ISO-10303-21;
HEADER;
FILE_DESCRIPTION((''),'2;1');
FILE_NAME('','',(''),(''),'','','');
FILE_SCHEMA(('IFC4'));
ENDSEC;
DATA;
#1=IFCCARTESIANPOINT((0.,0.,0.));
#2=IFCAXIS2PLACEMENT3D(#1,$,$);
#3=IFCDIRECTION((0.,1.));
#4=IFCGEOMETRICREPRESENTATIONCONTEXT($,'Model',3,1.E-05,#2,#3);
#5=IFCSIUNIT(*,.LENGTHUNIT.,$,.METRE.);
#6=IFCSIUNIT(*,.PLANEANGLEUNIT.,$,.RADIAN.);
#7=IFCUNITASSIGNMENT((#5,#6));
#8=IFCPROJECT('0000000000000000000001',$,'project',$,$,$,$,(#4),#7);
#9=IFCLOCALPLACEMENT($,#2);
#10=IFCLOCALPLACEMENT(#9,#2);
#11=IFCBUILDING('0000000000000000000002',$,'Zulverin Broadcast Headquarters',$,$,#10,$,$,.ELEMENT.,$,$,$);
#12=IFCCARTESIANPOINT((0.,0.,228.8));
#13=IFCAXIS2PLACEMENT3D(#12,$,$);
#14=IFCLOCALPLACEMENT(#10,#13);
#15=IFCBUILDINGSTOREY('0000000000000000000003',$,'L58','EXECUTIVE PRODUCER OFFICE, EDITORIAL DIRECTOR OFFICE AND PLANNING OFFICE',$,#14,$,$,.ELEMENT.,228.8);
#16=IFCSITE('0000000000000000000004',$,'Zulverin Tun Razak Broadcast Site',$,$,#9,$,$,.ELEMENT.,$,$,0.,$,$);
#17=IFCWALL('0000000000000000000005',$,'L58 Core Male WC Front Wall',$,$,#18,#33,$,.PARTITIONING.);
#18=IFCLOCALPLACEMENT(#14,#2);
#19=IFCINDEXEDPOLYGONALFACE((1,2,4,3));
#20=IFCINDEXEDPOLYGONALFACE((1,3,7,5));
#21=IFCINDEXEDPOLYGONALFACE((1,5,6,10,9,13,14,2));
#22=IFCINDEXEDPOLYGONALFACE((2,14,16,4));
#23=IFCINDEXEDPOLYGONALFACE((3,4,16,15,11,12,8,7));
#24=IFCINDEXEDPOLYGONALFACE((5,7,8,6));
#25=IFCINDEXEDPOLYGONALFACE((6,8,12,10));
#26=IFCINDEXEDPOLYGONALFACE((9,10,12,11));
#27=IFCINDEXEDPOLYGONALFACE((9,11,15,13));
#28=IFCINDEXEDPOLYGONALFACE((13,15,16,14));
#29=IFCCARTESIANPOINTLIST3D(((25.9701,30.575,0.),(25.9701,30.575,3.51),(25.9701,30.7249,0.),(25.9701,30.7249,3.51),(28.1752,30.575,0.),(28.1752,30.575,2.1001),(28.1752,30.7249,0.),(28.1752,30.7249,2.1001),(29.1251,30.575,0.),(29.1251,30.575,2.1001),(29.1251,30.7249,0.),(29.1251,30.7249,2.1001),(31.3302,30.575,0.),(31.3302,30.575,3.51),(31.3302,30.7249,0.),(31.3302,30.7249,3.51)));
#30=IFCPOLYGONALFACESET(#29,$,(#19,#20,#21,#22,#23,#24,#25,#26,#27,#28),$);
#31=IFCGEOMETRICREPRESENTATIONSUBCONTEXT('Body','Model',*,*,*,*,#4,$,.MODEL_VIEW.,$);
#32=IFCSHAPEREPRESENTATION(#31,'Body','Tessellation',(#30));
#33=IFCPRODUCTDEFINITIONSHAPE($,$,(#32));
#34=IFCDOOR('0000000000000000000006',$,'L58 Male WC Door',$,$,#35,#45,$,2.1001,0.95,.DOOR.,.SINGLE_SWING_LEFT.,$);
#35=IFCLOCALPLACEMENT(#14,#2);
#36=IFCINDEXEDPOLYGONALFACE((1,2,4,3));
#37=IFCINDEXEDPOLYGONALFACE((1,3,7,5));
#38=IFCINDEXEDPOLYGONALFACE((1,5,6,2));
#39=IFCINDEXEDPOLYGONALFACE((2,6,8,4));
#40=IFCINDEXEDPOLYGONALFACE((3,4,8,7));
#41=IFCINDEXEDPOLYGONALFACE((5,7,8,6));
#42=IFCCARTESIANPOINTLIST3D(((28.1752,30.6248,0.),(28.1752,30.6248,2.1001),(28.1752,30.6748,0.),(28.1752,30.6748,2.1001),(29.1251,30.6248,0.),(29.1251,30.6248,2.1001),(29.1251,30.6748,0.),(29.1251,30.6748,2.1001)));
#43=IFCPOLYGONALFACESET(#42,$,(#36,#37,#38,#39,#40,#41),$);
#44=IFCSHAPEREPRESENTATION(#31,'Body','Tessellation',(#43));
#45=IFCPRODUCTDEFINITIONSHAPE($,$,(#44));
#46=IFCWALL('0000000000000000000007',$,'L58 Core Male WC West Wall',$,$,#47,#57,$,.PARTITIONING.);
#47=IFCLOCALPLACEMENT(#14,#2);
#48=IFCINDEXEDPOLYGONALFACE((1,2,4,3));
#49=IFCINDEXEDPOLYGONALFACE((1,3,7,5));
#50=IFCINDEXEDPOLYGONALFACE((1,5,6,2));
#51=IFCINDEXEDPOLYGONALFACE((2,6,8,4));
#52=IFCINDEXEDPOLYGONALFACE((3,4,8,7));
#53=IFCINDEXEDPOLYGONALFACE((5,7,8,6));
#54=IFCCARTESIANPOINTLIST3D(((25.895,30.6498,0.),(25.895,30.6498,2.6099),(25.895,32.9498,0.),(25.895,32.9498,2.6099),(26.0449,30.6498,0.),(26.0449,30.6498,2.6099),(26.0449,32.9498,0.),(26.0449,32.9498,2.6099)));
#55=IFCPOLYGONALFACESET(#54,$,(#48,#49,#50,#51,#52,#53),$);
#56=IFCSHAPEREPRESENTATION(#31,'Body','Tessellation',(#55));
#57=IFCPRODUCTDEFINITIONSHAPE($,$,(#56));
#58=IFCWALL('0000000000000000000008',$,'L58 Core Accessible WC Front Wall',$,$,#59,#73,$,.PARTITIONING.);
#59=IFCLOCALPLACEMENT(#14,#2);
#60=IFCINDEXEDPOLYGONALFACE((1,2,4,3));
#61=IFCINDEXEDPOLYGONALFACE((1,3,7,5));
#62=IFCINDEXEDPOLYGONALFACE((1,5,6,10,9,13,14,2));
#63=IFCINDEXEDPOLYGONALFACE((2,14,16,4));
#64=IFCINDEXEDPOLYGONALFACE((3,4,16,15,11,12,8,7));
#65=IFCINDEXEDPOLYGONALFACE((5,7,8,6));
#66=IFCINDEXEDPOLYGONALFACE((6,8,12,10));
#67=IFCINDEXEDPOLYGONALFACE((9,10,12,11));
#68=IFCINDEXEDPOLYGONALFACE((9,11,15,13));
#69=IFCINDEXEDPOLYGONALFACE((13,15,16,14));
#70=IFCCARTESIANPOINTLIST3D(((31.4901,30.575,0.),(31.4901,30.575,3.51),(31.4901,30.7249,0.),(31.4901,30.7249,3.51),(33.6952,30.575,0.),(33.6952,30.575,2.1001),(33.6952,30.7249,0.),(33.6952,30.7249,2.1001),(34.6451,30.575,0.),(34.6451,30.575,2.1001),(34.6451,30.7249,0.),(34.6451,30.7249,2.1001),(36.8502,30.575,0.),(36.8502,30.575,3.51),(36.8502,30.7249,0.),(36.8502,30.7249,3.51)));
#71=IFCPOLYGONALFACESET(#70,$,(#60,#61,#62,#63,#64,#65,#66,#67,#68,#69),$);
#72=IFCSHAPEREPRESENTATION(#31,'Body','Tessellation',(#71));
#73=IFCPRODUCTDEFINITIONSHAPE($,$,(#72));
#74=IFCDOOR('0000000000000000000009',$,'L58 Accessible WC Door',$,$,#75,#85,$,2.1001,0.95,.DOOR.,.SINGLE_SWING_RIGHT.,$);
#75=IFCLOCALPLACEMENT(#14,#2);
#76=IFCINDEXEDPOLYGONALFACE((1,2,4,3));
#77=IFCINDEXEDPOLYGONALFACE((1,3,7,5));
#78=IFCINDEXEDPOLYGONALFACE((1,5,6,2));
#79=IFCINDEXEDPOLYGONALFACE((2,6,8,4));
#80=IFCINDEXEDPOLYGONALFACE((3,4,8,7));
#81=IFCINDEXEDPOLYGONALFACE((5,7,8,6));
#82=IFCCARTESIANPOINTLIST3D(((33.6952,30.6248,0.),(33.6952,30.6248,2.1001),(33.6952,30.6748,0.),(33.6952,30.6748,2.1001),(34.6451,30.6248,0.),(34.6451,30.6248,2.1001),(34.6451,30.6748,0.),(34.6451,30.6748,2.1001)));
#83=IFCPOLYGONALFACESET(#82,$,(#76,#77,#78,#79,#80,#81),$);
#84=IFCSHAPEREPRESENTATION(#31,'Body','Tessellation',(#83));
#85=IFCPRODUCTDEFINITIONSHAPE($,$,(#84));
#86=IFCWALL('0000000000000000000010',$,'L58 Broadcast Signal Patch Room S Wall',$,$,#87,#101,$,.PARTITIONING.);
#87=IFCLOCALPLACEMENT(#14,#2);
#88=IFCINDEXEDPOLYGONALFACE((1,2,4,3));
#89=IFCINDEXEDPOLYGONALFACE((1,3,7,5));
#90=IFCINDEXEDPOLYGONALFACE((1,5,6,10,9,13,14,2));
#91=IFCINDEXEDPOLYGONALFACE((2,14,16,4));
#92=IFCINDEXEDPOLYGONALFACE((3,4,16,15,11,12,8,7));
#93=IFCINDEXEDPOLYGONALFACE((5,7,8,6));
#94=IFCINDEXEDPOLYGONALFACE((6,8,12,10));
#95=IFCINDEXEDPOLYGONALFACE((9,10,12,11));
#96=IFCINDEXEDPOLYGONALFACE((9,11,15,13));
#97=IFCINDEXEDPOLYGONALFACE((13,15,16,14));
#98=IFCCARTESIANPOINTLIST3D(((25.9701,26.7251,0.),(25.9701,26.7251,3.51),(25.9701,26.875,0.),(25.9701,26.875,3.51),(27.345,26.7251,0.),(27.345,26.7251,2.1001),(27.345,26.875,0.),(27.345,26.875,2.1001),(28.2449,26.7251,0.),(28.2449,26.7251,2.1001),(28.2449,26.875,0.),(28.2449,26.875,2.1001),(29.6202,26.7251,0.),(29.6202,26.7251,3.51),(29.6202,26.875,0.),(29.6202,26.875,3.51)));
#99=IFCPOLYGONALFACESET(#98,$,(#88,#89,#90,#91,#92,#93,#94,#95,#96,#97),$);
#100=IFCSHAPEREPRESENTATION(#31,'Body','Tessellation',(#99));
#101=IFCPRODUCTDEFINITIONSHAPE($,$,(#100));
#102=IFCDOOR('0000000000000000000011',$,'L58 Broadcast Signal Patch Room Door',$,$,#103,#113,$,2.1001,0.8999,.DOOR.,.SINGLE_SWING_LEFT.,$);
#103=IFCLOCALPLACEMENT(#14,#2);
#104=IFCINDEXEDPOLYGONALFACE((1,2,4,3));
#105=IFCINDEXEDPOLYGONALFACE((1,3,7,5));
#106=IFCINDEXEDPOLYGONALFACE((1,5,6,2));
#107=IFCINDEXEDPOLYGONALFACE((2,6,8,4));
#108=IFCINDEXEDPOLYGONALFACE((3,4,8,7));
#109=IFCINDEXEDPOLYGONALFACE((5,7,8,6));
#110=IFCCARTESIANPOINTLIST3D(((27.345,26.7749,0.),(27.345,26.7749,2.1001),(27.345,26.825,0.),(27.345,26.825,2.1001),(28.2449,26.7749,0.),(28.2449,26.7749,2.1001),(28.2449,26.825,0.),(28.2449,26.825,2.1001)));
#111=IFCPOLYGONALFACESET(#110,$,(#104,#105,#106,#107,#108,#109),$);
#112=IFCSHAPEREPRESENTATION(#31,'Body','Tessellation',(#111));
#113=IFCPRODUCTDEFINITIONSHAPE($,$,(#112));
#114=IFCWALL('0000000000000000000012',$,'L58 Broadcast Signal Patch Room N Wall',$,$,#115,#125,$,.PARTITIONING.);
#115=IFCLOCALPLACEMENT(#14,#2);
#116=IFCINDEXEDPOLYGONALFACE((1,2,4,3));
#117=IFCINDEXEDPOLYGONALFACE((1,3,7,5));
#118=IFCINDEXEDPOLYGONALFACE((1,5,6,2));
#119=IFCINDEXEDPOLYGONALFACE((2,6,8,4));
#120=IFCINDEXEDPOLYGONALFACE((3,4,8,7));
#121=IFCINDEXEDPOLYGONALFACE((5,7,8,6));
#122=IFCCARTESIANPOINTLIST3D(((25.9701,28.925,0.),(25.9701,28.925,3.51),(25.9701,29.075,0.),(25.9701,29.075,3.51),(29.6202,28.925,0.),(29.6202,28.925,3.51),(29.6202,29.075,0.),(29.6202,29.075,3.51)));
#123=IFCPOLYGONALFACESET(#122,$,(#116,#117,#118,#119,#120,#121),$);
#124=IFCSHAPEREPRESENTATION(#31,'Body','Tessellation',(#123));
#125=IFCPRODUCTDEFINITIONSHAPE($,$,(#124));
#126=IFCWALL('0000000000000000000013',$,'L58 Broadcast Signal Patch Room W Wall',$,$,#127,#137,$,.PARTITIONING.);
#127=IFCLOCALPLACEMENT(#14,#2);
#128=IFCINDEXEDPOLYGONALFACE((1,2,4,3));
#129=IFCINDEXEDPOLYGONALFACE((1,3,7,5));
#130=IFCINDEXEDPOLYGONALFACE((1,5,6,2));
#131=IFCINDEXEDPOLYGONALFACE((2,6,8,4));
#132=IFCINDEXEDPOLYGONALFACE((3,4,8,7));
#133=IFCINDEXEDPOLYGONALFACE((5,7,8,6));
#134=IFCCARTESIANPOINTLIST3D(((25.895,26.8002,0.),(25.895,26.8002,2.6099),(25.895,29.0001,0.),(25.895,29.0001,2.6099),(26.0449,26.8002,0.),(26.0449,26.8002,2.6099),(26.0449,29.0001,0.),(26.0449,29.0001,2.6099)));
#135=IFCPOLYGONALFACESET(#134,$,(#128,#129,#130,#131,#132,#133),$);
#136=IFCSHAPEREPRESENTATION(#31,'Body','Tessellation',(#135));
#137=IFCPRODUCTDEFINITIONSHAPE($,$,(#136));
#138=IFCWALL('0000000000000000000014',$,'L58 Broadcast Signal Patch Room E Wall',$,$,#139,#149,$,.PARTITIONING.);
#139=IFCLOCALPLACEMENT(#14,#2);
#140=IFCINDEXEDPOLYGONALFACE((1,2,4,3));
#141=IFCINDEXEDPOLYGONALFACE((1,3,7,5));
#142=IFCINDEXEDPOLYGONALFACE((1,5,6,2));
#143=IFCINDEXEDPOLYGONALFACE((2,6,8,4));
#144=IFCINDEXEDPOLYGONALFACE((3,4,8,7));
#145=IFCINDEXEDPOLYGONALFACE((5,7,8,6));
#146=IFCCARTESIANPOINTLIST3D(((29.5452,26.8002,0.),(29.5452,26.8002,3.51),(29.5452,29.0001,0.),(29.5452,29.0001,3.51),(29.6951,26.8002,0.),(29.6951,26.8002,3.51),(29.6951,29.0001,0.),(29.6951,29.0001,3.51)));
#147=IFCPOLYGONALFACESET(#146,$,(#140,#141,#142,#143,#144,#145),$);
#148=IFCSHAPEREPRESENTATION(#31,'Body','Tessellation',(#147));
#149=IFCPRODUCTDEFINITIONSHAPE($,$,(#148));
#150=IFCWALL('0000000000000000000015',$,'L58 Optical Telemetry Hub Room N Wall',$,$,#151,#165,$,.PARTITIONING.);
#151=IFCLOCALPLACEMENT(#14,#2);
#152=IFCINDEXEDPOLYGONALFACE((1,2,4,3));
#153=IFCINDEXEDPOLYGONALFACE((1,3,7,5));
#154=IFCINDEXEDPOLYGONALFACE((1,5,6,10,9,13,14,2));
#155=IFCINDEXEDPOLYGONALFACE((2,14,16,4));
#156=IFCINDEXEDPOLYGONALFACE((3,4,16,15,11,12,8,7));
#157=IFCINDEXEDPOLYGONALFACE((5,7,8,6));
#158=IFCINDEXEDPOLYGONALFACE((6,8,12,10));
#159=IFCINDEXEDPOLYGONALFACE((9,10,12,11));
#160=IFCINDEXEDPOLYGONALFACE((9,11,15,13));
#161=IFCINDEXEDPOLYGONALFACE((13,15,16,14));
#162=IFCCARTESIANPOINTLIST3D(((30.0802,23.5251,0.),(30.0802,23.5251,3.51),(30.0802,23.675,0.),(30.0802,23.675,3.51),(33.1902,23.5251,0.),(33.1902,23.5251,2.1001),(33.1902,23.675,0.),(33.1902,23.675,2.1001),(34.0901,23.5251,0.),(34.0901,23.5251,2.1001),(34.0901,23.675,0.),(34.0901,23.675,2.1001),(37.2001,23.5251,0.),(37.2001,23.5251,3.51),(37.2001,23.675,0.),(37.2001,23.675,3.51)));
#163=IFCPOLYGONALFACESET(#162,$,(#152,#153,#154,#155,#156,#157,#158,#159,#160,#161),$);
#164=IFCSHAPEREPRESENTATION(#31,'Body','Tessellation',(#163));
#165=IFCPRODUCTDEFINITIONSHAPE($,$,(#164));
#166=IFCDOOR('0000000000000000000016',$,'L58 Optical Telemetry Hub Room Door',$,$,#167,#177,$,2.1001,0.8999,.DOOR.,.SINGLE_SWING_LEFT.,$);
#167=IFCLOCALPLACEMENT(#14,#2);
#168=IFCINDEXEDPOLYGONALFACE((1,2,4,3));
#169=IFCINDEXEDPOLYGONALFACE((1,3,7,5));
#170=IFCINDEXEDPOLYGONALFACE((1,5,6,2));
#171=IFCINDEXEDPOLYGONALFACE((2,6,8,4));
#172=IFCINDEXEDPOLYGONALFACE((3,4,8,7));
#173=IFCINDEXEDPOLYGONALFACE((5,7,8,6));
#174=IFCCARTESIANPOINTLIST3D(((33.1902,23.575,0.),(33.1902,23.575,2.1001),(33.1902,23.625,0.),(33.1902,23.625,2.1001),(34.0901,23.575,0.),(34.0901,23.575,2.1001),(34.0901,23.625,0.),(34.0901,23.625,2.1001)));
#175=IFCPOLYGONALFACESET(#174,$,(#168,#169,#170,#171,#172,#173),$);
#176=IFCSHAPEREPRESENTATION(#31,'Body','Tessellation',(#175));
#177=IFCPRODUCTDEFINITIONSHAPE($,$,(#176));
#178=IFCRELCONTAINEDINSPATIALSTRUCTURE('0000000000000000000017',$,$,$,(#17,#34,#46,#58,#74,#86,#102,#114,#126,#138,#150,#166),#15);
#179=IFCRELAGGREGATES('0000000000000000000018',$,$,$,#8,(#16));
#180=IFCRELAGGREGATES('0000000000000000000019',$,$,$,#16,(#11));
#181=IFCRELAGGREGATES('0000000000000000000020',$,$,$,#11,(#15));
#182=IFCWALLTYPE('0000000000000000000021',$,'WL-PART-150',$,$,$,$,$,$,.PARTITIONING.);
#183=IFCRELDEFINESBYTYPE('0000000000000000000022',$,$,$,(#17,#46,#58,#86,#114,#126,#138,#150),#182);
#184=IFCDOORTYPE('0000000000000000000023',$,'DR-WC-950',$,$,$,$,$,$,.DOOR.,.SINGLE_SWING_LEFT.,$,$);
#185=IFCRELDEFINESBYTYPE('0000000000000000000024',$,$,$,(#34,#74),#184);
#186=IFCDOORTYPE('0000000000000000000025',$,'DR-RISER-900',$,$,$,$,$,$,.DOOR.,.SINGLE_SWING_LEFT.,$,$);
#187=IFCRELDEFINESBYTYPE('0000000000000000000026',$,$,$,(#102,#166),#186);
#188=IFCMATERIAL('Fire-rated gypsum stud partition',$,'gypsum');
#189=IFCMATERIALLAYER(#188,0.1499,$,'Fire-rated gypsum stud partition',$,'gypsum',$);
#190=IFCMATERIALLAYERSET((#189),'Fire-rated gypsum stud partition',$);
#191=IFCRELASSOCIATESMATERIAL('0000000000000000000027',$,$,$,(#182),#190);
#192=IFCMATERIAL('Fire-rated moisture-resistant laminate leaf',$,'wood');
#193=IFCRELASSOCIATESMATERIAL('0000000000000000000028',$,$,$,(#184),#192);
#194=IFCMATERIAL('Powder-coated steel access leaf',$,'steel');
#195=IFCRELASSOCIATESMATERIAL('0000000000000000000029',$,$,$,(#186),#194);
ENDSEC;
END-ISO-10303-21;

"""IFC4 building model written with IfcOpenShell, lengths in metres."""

from ifc_helpers import new_model, si_unit, direction, frame, frame_2d, origin, place, context, subcontext, project, spatial, rectangle, extrude, material, layer, layer_set, type_object, element, fill, save


model = new_model("IFC4")

# Units and contexts
model_context = context("Model", 3, precision=1e-05, world=origin(), true_north=direction((0.0, 1.0)))
body_context = subcontext(model_context, "Body", "Model", "MODEL_VIEW")
ifc_project = project(units=[si_unit("LENGTHUNIT", "METRE"), si_unit("PLANEANGLEUNIT", "RADIAN")], contexts=[model_context])

# Site, building, storey
site_placement = place(None, origin())
site = spatial("IfcSite", under=ifc_project, at=site_placement, Name="Zulverin Tun Razak Broadcast Site", CompositionType="ELEMENT", RefElevation=0.0)
building_placement = place(site_placement, origin())
building = spatial("IfcBuilding", under=site, at=building_placement, Name="Zulverin Broadcast Headquarters", CompositionType="ELEMENT")
storey_placement = place(building_placement, frame((0.0, 0.0, 228.8)))
storey = spatial("IfcBuildingStorey", under=building, at=storey_placement, Name="L58", Description="EXECUTIVE PRODUCER OFFICE, EDITORIAL DIRECTOR OFFICE AND PLANNING OFFICE", CompositionType="ELEMENT", Elevation=228.8)

# Wall, opening, door
ifc_material_1 = material(Name="Fire-rated gypsum stud partition", Category="gypsum")
ifc_layer_1 = layer(ifc_material_1, 0.1499, Name="Fire-rated gypsum stud partition", Category="gypsum")
ifc_layer_set_1 = layer_set([ifc_layer_1], Name="Fire-rated gypsum stud partition")
wall_type_1 = type_object("IfcWallType", Name="WL-PART-150", PredefinedType="PARTITIONING", material=ifc_layer_set_1)
wall_1_placement = place(storey_placement, frame((25.97, 30.6499, 0.0), z_axis=(0.0, 0.0, 1.0), x_axis=(1.0, 0.0, 0.0)))
wall_1 = element("IfcWall", 1, at=wall_1_placement, inside=storey, type_object=wall_type_1, Name="L58 Core Male WC Front Wall", PredefinedType="PARTITIONING", context=body_context, shape_type="SweptSolid", body=[
    extrude(rectangle(XDim=5.3601, YDim=0.1499, at=frame_2d((2.6802, 0.0))), origin(), (0.0, 0.0, 1.0), 3.51),
])
opening_1_placement = place(wall_1_placement, frame((2.2051, 0.0, 0.0)))
opening_1 = element("IfcOpeningElement", 2, at=opening_1_placement, cuts=wall_1, PredefinedType="OPENING", context=body_context, shape_type="SweptSolid", body=[
    extrude(rectangle(XDim=0.95, YDim=2.1001, at=frame_2d((0.4751, 1.05))), frame((0.0, 0.085, 0.0), z_axis=(0.0, -1.0, 0.0), x_axis=(1.0, 0.0, 0.0)), (0.0, 0.0, 1.0), 0.1699),
])
ifc_material_2 = material(Name="Fire-rated moisture-resistant laminate leaf", Category="wood")
door_type_1 = type_object("IfcDoorType", Name="DR-WC-950", OperationType="SINGLE_SWING_LEFT", PredefinedType="DOOR", material=ifc_material_2)
door_1_placement = place(opening_1_placement, origin())
door_1 = element("IfcDoor", 3, at=door_1_placement, inside=storey, type_object=door_type_1, Name="L58 Male WC Door", OperationType="SINGLE_SWING_LEFT", OverallHeight=2.1001, OverallWidth=0.95, PredefinedType="DOOR", context=body_context, shape_type="SweptSolid", body=[
    extrude(rectangle(XDim=0.95, YDim=2.1001, at=frame_2d((0.4751, 1.05))), frame((0.0, 0.0249, 0.0), z_axis=(0.0, -1.0, 0.0), x_axis=(1.0, 0.0, 0.0)), (0.0, 0.0, 1.0), 0.05),
])
fill(opening_1, door_1)

# Wall
wall_2_placement = place(storey_placement, frame((25.97, 30.6499, 0.0), z_axis=(0.0, 0.0, 1.0), x_axis=(0.0, 1.0, 0.0)))
element("IfcWall", 4, at=wall_2_placement, inside=storey, type_object=wall_type_1, Name="L58 Core Male WC West Wall", PredefinedType="PARTITIONING", context=body_context, shape_type="SweptSolid", body=[
    extrude(rectangle(XDim=2.3, YDim=0.1499, at=frame_2d((1.1499, 0.0))), origin(), (0.0, 0.0, 1.0), 2.6099),
])

# Walls, openings, doors
wall_3_placement = place(storey_placement, frame((31.49, 30.6499, 0.0), z_axis=(0.0, 0.0, 1.0), x_axis=(1.0, 0.0, 0.0)))
wall_3 = element("IfcWall", 5, at=wall_3_placement, inside=storey, type_object=wall_type_1, Name="L58 Core Accessible WC Front Wall", PredefinedType="PARTITIONING", context=body_context, shape_type="SweptSolid", body=[
    extrude(rectangle(XDim=5.3601, YDim=0.1499, at=frame_2d((2.6802, 0.0))), origin(), (0.0, 0.0, 1.0), 3.51),
])
opening_2_placement = place(wall_3_placement, frame((2.2051, 0.0, 0.0)))
opening_2 = element("IfcOpeningElement", 6, at=opening_2_placement, cuts=wall_3, PredefinedType="OPENING", context=body_context, shape_type="SweptSolid", body=[
    extrude(rectangle(XDim=0.95, YDim=2.1001, at=frame_2d((0.4751, 1.05))), frame((0.0, 0.085, 0.0), z_axis=(0.0, -1.0, 0.0), x_axis=(1.0, 0.0, 0.0)), (0.0, 0.0, 1.0), 0.1699),
])
door_2_placement = place(opening_2_placement, origin())
door_2 = element("IfcDoor", 7, at=door_2_placement, inside=storey, type_object=door_type_1, Name="L58 Accessible WC Door", OperationType="SINGLE_SWING_RIGHT", OverallHeight=2.1001, OverallWidth=0.95, PredefinedType="DOOR", context=body_context, shape_type="SweptSolid", body=[
    extrude(rectangle(XDim=0.95, YDim=2.1001, at=frame_2d((0.4751, 1.05))), frame((0.0, 0.0249, 0.0), z_axis=(0.0, -1.0, 0.0), x_axis=(1.0, 0.0, 0.0)), (0.0, 0.0, 1.0), 0.05),
])
fill(opening_2, door_2)
wall_4_placement = place(storey_placement, frame((25.97, 26.8, 0.0), z_axis=(0.0, 0.0, 1.0), x_axis=(1.0, 0.0, 0.0)))
wall_4 = element("IfcWall", 8, at=wall_4_placement, inside=storey, type_object=wall_type_1, Name="L58 Broadcast Signal Patch Room S Wall", PredefinedType="PARTITIONING", context=body_context, shape_type="SweptSolid", body=[
    extrude(rectangle(XDim=3.6501, YDim=0.1499, at=frame_2d((1.8252, 0.0))), origin(), (0.0, 0.0, 1.0), 3.51),
])
opening_3_placement = place(wall_4_placement, frame((1.375, 0.0, 0.0)))
opening_3 = element("IfcOpeningElement", 9, at=opening_3_placement, cuts=wall_4, PredefinedType="OPENING", context=body_context, shape_type="SweptSolid", body=[
    extrude(rectangle(XDim=0.8999, YDim=2.1001, at=frame_2d((0.45, 1.05))), frame((0.0, 0.085, 0.0), z_axis=(0.0, -1.0, 0.0), x_axis=(1.0, 0.0, 0.0)), (0.0, 0.0, 1.0), 0.1699),
])
ifc_material_3 = material(Name="Powder-coated steel access leaf", Category="steel")
door_type_2 = type_object("IfcDoorType", Name="DR-RISER-900", OperationType="SINGLE_SWING_LEFT", PredefinedType="DOOR", material=ifc_material_3)
door_3_placement = place(opening_3_placement, origin())
door_3 = element("IfcDoor", 10, at=door_3_placement, inside=storey, type_object=door_type_2, Name="L58 Broadcast Signal Patch Room Door", OperationType="SINGLE_SWING_LEFT", OverallHeight=2.1001, OverallWidth=0.8999, PredefinedType="DOOR", context=body_context, shape_type="SweptSolid", body=[
    extrude(rectangle(XDim=0.8999, YDim=2.1001, at=frame_2d((0.45, 1.05))), frame((0.0, 0.0249, 0.0), z_axis=(0.0, -1.0, 0.0), x_axis=(1.0, 0.0, 0.0)), (0.0, 0.0, 1.0), 0.05),
])
fill(opening_3, door_3)

# Walls
wall_5_placement = place(storey_placement, frame((25.97, 29.0, 0.0), z_axis=(0.0, 0.0, 1.0), x_axis=(1.0, 0.0, 0.0)))
element("IfcWall", 11, at=wall_5_placement, inside=storey, type_object=wall_type_1, Name="L58 Broadcast Signal Patch Room N Wall", PredefinedType="PARTITIONING", context=body_context, shape_type="SweptSolid", body=[
    extrude(rectangle(XDim=3.6501, YDim=0.1499, at=frame_2d((1.8252, 0.0))), origin(), (0.0, 0.0, 1.0), 3.51),
])
wall_6_placement = place(storey_placement, frame((25.97, 26.8, 0.0), z_axis=(0.0, 0.0, 1.0), x_axis=(0.0, 1.0, 0.0)))
element("IfcWall", 12, at=wall_6_placement, inside=storey, type_object=wall_type_1, Name="L58 Broadcast Signal Patch Room W Wall", PredefinedType="PARTITIONING", context=body_context, shape_type="SweptSolid", body=[
    extrude(rectangle(XDim=2.2, YDim=0.1499, at=frame_2d((1.1001, 0.0))), origin(), (0.0, 0.0, 1.0), 2.6099),
])
wall_7_placement = place(storey_placement, frame((29.6201, 26.8, 0.0), z_axis=(0.0, 0.0, 1.0), x_axis=(0.0, 1.0, 0.0)))
element("IfcWall", 13, at=wall_7_placement, inside=storey, type_object=wall_type_1, Name="L58 Broadcast Signal Patch Room E Wall", PredefinedType="PARTITIONING", context=body_context, shape_type="SweptSolid", body=[
    extrude(rectangle(XDim=2.2, YDim=0.1499, at=frame_2d((1.1001, 0.0))), origin(), (0.0, 0.0, 1.0), 3.51),
])

# Wall, opening, door
wall_8_placement = place(storey_placement, frame((30.0801, 23.6001, 0.0), z_axis=(0.0, 0.0, 1.0), x_axis=(1.0, 0.0, 0.0)))
wall_8 = element("IfcWall", 14, at=wall_8_placement, inside=storey, type_object=wall_type_1, Name="L58 Optical Telemetry Hub Room N Wall", PredefinedType="PARTITIONING", context=body_context, shape_type="SweptSolid", body=[
    extrude(rectangle(XDim=7.1199, YDim=0.1499, at=frame_2d((3.5601, 0.0))), origin(), (0.0, 0.0, 1.0), 3.51),
])
opening_4_placement = place(wall_8_placement, frame((3.1101, 0.0, 0.0)))
opening_4 = element("IfcOpeningElement", 15, at=opening_4_placement, cuts=wall_8, PredefinedType="OPENING", context=body_context, shape_type="SweptSolid", body=[
    extrude(rectangle(XDim=0.8999, YDim=2.1001, at=frame_2d((0.45, 1.05))), frame((0.0, 0.085, 0.0), z_axis=(0.0, -1.0, 0.0), x_axis=(1.0, 0.0, 0.0)), (0.0, 0.0, 1.0), 0.1699),
])
door_4_placement = place(opening_4_placement, origin())
door_4 = element("IfcDoor", 16, at=door_4_placement, inside=storey, type_object=door_type_2, Name="L58 Optical Telemetry Hub Room Door", OperationType="SINGLE_SWING_LEFT", OverallHeight=2.1001, OverallWidth=0.8999, PredefinedType="DOOR", context=body_context, shape_type="SweptSolid", body=[
    extrude(rectangle(XDim=0.8999, YDim=2.1001, at=frame_2d((0.45, 1.05))), frame((0.0, 0.0249, 0.0), z_axis=(0.0, -1.0, 0.0), x_axis=(1.0, 0.0, 0.0)), (0.0, 0.0, 1.0), 0.05),
])
fill(opening_4, door_4)

save(model, "model.ifc")
